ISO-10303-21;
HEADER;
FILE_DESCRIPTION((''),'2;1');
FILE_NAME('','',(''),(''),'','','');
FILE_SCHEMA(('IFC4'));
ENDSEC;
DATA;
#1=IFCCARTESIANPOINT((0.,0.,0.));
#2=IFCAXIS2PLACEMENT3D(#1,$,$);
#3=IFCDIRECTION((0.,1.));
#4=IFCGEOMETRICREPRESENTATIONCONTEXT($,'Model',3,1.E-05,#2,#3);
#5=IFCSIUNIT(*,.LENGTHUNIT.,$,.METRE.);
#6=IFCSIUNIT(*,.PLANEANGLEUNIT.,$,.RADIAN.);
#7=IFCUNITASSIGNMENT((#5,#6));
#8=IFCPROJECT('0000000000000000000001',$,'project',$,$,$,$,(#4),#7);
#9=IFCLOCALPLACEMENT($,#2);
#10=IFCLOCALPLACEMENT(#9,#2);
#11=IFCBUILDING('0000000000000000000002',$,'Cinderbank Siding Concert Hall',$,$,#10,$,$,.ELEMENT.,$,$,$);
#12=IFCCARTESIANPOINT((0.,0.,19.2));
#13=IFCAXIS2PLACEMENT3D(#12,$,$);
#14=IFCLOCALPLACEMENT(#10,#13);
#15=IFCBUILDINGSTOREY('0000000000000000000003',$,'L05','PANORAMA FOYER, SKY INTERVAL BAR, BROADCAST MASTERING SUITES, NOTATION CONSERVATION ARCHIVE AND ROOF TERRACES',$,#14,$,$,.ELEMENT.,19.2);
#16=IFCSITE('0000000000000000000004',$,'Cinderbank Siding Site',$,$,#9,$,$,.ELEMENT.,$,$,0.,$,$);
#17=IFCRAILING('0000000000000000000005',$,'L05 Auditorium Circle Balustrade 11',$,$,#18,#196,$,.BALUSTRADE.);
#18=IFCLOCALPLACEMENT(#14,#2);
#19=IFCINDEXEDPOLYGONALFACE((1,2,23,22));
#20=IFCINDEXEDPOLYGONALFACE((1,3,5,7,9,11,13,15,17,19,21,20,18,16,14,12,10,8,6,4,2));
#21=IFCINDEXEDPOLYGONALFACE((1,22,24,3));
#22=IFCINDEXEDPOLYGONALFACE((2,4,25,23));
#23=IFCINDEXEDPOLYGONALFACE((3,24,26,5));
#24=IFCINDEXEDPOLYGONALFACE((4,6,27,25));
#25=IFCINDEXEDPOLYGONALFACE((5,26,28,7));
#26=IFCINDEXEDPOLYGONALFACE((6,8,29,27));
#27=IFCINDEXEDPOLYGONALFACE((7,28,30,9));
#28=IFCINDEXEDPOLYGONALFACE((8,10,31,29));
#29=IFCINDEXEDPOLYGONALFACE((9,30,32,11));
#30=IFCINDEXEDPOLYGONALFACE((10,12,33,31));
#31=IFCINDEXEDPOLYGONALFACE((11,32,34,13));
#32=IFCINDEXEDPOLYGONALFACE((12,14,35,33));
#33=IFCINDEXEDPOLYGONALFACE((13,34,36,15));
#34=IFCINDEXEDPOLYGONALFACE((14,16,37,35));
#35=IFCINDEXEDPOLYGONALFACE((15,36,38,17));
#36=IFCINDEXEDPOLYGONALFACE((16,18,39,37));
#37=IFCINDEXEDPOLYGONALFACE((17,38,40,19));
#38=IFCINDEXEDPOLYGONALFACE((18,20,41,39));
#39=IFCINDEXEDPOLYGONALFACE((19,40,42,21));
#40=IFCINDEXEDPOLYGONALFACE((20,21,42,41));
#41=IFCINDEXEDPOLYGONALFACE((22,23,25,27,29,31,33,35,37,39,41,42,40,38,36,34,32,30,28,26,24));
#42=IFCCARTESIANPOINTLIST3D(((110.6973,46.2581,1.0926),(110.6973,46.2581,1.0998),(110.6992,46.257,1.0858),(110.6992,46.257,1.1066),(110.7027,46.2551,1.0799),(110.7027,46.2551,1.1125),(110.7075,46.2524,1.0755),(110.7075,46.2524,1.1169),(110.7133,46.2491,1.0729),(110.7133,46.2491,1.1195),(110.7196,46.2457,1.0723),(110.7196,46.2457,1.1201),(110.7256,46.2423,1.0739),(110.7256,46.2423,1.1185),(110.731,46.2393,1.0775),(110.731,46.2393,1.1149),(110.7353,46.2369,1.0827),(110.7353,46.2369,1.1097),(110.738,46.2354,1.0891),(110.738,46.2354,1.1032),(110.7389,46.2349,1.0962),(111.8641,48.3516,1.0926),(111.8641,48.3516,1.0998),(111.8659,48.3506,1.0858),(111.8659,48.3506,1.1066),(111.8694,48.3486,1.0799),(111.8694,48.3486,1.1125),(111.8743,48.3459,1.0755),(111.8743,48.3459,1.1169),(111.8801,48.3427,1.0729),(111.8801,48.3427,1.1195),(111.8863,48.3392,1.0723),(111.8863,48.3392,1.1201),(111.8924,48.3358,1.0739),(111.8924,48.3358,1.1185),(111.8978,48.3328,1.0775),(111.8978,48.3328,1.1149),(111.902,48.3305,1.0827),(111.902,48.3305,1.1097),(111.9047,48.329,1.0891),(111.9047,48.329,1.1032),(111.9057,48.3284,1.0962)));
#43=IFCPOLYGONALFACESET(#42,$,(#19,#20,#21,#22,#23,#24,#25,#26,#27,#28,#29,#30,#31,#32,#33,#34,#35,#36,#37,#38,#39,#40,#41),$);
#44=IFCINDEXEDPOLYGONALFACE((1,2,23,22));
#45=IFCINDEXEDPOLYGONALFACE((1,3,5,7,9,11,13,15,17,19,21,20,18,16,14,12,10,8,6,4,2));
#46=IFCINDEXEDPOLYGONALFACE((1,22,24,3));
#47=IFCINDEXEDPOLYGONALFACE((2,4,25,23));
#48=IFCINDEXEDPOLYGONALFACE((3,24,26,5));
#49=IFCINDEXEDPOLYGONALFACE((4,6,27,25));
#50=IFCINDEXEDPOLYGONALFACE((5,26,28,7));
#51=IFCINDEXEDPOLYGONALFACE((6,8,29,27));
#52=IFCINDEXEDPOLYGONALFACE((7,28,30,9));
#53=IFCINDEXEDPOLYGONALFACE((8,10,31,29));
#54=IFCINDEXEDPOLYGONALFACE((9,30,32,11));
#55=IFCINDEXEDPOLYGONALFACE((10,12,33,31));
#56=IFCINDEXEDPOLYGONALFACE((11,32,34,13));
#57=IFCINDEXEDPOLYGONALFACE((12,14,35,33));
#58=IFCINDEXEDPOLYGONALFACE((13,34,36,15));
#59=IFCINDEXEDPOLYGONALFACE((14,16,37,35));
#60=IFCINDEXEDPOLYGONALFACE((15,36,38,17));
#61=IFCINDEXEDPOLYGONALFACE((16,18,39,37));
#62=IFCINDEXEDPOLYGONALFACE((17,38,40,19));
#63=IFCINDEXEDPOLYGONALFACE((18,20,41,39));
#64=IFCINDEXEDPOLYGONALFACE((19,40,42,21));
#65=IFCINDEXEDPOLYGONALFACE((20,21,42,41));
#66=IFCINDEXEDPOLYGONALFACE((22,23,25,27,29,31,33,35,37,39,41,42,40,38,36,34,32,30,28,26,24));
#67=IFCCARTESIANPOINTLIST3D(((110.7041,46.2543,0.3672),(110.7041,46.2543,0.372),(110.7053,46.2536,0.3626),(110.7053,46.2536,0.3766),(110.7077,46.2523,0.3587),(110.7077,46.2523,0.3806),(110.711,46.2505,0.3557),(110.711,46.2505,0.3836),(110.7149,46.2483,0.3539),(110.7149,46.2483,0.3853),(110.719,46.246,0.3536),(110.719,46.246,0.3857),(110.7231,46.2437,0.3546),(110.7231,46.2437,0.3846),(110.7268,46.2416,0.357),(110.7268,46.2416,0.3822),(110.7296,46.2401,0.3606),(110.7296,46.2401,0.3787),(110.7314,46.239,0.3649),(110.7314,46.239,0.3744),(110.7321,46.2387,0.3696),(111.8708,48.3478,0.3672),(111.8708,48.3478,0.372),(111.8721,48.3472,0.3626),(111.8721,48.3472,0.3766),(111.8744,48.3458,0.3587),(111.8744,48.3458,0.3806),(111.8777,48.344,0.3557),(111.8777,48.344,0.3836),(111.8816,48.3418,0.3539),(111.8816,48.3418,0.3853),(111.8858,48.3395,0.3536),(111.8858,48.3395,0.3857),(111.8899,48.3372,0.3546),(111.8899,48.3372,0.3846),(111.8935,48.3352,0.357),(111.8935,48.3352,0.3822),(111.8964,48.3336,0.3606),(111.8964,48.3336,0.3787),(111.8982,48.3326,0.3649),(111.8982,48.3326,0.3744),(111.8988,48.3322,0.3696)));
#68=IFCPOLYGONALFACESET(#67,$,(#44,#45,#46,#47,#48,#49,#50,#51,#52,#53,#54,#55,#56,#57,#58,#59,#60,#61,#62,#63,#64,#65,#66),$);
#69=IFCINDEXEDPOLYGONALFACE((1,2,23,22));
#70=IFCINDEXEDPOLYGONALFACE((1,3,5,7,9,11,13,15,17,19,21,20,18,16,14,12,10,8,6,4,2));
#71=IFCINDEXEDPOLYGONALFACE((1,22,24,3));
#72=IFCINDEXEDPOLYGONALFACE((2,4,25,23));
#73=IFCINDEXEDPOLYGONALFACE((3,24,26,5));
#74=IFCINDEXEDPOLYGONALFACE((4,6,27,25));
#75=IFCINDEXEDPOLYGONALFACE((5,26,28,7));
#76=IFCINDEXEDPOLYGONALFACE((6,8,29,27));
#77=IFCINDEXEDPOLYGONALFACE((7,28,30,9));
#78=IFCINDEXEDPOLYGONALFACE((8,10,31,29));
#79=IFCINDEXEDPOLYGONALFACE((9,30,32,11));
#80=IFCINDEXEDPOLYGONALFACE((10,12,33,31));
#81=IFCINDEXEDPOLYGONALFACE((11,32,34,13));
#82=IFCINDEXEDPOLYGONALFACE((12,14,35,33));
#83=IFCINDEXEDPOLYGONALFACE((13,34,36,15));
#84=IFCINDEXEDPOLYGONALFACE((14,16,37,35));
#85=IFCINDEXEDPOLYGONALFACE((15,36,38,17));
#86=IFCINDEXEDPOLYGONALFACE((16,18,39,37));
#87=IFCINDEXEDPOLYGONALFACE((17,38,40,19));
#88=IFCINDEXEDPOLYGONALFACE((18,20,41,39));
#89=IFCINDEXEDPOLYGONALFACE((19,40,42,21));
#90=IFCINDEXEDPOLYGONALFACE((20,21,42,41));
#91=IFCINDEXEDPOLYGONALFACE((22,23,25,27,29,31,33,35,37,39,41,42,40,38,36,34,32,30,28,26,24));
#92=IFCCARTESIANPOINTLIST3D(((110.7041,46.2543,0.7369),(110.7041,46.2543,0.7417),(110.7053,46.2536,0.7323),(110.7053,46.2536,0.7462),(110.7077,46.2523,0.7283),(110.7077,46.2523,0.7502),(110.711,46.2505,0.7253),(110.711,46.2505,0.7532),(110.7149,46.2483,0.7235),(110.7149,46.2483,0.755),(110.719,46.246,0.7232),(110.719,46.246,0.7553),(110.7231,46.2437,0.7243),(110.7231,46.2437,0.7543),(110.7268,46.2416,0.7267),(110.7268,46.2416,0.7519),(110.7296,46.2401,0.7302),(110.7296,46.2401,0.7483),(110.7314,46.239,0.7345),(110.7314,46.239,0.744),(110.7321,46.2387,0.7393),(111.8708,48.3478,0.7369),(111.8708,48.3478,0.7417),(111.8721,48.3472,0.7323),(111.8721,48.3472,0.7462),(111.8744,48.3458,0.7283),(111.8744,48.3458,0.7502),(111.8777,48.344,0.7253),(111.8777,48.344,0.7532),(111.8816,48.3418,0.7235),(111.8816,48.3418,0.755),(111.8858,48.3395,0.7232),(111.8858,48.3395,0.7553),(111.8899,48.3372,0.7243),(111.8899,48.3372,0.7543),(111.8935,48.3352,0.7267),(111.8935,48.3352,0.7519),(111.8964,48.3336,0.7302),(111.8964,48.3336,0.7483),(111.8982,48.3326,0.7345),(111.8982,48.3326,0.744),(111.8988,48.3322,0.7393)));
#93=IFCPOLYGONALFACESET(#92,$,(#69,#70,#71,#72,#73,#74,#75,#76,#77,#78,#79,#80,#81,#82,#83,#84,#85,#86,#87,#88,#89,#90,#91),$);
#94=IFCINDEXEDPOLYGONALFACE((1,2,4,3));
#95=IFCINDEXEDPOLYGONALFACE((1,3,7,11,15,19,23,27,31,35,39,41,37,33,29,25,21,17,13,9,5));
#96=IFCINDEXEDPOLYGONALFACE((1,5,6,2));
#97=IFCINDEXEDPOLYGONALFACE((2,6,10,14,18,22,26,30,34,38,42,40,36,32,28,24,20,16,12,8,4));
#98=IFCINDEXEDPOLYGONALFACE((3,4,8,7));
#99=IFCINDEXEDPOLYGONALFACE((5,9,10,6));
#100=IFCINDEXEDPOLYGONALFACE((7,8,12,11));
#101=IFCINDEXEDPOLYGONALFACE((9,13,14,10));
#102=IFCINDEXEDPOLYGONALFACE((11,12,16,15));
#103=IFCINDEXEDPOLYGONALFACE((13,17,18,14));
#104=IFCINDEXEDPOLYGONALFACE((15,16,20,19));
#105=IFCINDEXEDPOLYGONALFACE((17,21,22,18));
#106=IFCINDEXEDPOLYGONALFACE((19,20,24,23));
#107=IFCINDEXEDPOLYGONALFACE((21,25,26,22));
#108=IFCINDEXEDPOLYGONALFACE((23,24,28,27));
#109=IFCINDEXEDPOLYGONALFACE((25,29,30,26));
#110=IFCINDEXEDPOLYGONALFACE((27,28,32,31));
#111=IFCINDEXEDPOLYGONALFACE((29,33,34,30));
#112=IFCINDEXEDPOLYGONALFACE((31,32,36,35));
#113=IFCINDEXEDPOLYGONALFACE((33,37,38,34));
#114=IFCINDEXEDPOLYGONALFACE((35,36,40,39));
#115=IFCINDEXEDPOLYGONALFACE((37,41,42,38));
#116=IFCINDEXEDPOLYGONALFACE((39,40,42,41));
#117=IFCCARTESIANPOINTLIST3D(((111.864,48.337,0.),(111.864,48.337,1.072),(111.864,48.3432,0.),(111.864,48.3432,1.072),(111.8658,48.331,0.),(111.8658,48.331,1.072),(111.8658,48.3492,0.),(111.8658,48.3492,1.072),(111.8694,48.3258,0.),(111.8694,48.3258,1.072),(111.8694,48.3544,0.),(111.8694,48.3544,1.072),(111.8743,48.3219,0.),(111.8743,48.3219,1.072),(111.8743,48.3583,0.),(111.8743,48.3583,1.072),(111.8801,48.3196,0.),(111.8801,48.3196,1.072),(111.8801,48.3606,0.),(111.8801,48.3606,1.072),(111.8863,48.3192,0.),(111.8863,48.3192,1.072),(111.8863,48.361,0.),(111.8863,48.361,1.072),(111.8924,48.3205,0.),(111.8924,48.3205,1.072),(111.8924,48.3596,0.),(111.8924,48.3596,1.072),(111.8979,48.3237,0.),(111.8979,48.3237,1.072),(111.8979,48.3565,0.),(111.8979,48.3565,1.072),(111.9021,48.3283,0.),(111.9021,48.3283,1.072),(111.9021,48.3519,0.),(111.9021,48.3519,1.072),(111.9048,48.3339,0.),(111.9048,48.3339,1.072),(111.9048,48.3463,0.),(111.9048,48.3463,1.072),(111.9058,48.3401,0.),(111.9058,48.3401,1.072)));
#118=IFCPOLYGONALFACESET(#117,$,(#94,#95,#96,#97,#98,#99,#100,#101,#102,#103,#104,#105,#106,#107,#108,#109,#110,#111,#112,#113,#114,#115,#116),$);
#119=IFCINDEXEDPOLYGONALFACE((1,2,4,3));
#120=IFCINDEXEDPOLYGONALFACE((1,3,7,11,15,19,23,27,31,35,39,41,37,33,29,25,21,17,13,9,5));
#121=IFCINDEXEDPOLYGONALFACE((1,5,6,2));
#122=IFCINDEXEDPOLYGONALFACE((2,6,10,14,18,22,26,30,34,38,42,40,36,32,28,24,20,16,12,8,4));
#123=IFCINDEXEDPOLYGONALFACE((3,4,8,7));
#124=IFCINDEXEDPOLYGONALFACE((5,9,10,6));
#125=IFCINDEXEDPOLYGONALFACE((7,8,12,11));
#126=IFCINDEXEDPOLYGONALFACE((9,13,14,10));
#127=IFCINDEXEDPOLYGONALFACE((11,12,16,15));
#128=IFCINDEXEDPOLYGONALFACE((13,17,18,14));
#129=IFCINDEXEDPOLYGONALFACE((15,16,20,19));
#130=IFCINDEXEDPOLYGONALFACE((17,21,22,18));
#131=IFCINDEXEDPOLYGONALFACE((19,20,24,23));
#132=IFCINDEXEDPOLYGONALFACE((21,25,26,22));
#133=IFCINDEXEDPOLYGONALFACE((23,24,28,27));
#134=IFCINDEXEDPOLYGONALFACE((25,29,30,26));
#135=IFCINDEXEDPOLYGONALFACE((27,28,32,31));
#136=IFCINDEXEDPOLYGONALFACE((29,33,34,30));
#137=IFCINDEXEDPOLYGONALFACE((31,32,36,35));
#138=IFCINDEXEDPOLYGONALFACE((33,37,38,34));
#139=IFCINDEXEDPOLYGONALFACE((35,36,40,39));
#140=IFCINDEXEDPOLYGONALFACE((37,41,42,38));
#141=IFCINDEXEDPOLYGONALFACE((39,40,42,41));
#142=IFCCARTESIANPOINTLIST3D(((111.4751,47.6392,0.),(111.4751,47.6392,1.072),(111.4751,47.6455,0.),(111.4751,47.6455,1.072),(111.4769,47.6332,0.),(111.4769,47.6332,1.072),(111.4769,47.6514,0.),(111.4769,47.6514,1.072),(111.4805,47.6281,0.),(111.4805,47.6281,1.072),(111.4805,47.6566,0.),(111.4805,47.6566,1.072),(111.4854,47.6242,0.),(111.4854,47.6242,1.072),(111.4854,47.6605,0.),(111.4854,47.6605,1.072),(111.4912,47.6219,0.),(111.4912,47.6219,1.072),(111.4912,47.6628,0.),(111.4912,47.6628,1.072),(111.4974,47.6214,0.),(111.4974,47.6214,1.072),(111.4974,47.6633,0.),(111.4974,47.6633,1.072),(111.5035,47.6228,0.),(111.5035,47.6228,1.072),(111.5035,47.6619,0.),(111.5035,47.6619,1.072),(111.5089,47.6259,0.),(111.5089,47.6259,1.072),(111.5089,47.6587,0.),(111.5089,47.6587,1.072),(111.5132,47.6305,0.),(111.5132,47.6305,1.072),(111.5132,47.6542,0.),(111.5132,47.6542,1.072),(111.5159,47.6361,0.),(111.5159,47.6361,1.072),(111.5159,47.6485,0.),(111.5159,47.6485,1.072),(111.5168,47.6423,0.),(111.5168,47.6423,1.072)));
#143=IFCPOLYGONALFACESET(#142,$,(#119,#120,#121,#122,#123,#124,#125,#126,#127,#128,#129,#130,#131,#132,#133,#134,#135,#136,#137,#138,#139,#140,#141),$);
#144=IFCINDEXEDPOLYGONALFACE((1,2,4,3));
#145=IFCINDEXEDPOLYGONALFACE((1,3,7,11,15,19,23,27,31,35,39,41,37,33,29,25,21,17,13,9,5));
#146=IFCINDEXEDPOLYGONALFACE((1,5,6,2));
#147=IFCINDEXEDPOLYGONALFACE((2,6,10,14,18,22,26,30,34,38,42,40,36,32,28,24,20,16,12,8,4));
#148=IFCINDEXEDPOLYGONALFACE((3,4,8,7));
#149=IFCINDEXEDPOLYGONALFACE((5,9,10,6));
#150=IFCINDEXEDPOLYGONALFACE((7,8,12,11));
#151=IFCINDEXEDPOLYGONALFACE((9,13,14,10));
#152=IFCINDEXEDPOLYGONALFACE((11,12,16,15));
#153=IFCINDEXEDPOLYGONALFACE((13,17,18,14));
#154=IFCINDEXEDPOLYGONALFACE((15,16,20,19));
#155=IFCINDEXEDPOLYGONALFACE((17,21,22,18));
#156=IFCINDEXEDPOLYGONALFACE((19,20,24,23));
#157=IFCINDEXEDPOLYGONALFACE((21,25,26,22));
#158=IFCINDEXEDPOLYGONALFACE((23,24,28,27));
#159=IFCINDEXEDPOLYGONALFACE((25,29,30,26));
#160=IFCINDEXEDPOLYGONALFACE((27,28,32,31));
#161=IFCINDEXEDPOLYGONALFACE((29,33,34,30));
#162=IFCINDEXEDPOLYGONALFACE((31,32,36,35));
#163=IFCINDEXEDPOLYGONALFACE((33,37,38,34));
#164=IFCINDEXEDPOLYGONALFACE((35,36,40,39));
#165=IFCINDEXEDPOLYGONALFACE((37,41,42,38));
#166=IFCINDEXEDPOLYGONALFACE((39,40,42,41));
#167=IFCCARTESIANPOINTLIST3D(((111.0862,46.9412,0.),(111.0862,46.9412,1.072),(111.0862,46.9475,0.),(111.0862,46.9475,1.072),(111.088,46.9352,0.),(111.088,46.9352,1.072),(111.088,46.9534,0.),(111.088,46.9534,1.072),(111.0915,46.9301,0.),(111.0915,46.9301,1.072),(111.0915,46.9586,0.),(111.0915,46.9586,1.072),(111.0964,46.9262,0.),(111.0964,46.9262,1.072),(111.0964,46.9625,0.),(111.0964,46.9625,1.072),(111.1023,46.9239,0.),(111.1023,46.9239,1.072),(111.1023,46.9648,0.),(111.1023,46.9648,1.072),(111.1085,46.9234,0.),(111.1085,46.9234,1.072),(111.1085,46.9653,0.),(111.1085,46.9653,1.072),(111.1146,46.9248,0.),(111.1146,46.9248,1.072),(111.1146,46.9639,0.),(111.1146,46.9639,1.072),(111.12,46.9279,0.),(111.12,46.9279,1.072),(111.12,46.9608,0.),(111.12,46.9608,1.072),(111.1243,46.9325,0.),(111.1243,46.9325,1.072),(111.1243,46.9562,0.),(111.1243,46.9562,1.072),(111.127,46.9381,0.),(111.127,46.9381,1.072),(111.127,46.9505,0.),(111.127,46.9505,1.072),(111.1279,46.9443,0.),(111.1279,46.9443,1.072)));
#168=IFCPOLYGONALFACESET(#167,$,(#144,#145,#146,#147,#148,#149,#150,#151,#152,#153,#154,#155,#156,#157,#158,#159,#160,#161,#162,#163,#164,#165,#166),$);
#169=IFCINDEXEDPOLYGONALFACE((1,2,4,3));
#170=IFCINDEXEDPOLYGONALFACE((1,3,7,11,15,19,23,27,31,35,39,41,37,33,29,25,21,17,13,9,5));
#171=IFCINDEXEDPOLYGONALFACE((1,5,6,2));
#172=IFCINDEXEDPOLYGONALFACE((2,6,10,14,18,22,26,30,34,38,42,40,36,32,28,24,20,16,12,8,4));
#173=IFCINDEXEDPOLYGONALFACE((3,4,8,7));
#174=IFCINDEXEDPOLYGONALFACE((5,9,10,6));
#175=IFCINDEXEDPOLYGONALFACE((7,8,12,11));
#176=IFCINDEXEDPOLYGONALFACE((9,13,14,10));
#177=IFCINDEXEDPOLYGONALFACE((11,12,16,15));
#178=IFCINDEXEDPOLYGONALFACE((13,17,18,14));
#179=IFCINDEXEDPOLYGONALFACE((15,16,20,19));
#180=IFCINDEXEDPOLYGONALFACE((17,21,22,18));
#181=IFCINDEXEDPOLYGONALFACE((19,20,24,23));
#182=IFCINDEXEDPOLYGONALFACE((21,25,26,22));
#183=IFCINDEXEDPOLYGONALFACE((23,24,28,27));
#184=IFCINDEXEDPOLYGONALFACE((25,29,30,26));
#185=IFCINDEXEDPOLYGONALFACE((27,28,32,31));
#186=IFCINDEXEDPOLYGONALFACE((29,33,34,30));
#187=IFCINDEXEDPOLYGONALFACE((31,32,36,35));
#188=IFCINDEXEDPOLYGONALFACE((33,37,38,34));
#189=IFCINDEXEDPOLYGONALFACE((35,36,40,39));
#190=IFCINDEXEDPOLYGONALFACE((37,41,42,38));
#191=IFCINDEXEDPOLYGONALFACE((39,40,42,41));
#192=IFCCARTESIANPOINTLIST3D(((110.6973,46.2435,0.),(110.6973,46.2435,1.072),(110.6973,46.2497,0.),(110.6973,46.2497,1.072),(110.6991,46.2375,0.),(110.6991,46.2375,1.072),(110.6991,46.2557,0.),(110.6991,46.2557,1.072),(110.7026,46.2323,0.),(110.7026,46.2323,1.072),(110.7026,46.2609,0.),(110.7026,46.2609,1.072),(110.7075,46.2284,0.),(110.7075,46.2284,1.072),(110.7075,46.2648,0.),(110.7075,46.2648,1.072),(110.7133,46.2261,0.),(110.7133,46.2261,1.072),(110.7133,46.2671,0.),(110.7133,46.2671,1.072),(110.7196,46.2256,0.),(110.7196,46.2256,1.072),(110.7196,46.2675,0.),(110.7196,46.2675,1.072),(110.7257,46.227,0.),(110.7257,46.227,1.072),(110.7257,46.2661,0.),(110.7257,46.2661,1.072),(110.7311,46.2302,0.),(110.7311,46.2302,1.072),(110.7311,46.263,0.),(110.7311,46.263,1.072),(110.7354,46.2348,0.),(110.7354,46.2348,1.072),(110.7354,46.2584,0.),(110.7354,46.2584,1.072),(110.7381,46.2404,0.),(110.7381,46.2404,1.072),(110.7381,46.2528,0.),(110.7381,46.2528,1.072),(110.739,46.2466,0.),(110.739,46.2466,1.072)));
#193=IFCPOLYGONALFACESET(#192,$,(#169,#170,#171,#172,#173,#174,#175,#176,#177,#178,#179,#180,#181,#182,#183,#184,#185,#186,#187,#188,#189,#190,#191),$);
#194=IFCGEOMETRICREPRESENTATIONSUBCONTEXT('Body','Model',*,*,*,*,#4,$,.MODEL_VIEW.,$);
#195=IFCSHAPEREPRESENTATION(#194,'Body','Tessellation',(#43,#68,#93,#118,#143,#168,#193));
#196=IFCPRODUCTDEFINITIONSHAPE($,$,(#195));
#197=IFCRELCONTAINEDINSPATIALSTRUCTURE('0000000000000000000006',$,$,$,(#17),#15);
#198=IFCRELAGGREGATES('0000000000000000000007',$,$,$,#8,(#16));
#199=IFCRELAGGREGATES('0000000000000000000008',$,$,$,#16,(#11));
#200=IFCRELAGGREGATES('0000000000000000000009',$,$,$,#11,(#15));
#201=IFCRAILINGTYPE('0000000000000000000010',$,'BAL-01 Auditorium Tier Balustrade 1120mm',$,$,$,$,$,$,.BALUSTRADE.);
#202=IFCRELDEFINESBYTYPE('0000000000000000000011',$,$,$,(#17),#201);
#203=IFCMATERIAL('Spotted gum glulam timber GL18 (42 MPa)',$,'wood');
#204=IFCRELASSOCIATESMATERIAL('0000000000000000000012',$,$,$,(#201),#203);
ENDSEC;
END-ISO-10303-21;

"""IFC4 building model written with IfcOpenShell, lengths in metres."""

from ifc_helpers import new_model, si_unit, direction, frame, origin, origin_2d, place, context, subcontext, project, spatial, circle, extrude, material, type_object, element, save


model = new_model("IFC4")

# Units and contexts
model_context = context("Model", 3, precision=1e-05, world=origin(), true_north=direction((0.0, 1.0)))
body_context = subcontext(model_context, "Body", "Model", "MODEL_VIEW")
ifc_project = project(units=[si_unit("LENGTHUNIT", "METRE"), si_unit("PLANEANGLEUNIT", "RADIAN")], contexts=[model_context])

# Site, building, storey
site_placement = place(None, origin())
site = spatial("IfcSite", under=ifc_project, at=site_placement, Name="Cinderbank Siding Site", CompositionType="ELEMENT", RefElevation=0.0)
building_placement = place(site_placement, origin())
building = spatial("IfcBuilding", under=site, at=building_placement, Name="Cinderbank Siding Concert Hall", CompositionType="ELEMENT")
storey_placement = place(building_placement, frame((0.0, 0.0, 19.2)))
storey = spatial("IfcBuildingStorey", under=building, at=storey_placement, Name="L05", Description="PANORAMA FOYER, SKY INTERVAL BAR, BROADCAST MASTERING SUITES, NOTATION CONSERVATION ARCHIVE AND ROOF TERRACES", CompositionType="ELEMENT", Elevation=19.2)

# Railing
ifc_material_1 = material(Name="Spotted gum glulam timber GL18 (42 MPa)", Category="wood")
railing_type = type_object("IfcRailingType", Name="BAL-01 Auditorium Tier Balustrade 1120mm", PredefinedType="BALUSTRADE", material=ifc_material_1)
railing_1_placement = place(storey_placement, frame((111.8848, 48.3401, 0.0)))
element("IfcRailing", 1, at=railing_1_placement, inside=storey, type_object=railing_type, Name="L05 Auditorium Circle Balustrade 11", PredefinedType="BALUSTRADE", context=body_context, shape_type="SweptSolid", body=[
    extrude(circle(Radius=0.0239, at=origin_2d()), frame((0.0, 0.0, 1.0962), z_axis=(-0.486819, -0.873503, 0.0), x_axis=(0.873503, -0.486819, 0.0)), (0.0, 0.0, 1.0), 2.3967),
    extrude(circle(Radius=0.0161, at=origin_2d()), frame((0.0, 0.0, 0.3696), z_axis=(-0.486819, -0.873503, 0.0), x_axis=(0.873503, -0.486819, 0.0)), (0.0, 0.0, 1.0), 2.3967),
    extrude(circle(Radius=0.0161, at=origin_2d()), frame((0.0, 0.0, 0.7393), z_axis=(-0.486819, -0.873503, 0.0), x_axis=(0.873503, -0.486819, 0.0)), (0.0, 0.0, 1.0), 2.3967),
    extrude(circle(Radius=0.021, at=origin_2d()), origin(), (0.0, 0.0, 1.0), 1.072),
    extrude(circle(Radius=0.021, at=origin_2d()), frame((-0.3889, -0.6978, 0.0)), (0.0, 0.0, 1.0), 1.072),
    extrude(circle(Radius=0.021, at=origin_2d()), frame((-0.7778, -1.3958, 0.0)), (0.0, 0.0, 1.0), 1.072),
    extrude(circle(Radius=0.021, at=origin_2d()), frame((-1.1667, -2.0935, 0.0)), (0.0, 0.0, 1.0), 1.072),
])

save(model, "model.ifc")
